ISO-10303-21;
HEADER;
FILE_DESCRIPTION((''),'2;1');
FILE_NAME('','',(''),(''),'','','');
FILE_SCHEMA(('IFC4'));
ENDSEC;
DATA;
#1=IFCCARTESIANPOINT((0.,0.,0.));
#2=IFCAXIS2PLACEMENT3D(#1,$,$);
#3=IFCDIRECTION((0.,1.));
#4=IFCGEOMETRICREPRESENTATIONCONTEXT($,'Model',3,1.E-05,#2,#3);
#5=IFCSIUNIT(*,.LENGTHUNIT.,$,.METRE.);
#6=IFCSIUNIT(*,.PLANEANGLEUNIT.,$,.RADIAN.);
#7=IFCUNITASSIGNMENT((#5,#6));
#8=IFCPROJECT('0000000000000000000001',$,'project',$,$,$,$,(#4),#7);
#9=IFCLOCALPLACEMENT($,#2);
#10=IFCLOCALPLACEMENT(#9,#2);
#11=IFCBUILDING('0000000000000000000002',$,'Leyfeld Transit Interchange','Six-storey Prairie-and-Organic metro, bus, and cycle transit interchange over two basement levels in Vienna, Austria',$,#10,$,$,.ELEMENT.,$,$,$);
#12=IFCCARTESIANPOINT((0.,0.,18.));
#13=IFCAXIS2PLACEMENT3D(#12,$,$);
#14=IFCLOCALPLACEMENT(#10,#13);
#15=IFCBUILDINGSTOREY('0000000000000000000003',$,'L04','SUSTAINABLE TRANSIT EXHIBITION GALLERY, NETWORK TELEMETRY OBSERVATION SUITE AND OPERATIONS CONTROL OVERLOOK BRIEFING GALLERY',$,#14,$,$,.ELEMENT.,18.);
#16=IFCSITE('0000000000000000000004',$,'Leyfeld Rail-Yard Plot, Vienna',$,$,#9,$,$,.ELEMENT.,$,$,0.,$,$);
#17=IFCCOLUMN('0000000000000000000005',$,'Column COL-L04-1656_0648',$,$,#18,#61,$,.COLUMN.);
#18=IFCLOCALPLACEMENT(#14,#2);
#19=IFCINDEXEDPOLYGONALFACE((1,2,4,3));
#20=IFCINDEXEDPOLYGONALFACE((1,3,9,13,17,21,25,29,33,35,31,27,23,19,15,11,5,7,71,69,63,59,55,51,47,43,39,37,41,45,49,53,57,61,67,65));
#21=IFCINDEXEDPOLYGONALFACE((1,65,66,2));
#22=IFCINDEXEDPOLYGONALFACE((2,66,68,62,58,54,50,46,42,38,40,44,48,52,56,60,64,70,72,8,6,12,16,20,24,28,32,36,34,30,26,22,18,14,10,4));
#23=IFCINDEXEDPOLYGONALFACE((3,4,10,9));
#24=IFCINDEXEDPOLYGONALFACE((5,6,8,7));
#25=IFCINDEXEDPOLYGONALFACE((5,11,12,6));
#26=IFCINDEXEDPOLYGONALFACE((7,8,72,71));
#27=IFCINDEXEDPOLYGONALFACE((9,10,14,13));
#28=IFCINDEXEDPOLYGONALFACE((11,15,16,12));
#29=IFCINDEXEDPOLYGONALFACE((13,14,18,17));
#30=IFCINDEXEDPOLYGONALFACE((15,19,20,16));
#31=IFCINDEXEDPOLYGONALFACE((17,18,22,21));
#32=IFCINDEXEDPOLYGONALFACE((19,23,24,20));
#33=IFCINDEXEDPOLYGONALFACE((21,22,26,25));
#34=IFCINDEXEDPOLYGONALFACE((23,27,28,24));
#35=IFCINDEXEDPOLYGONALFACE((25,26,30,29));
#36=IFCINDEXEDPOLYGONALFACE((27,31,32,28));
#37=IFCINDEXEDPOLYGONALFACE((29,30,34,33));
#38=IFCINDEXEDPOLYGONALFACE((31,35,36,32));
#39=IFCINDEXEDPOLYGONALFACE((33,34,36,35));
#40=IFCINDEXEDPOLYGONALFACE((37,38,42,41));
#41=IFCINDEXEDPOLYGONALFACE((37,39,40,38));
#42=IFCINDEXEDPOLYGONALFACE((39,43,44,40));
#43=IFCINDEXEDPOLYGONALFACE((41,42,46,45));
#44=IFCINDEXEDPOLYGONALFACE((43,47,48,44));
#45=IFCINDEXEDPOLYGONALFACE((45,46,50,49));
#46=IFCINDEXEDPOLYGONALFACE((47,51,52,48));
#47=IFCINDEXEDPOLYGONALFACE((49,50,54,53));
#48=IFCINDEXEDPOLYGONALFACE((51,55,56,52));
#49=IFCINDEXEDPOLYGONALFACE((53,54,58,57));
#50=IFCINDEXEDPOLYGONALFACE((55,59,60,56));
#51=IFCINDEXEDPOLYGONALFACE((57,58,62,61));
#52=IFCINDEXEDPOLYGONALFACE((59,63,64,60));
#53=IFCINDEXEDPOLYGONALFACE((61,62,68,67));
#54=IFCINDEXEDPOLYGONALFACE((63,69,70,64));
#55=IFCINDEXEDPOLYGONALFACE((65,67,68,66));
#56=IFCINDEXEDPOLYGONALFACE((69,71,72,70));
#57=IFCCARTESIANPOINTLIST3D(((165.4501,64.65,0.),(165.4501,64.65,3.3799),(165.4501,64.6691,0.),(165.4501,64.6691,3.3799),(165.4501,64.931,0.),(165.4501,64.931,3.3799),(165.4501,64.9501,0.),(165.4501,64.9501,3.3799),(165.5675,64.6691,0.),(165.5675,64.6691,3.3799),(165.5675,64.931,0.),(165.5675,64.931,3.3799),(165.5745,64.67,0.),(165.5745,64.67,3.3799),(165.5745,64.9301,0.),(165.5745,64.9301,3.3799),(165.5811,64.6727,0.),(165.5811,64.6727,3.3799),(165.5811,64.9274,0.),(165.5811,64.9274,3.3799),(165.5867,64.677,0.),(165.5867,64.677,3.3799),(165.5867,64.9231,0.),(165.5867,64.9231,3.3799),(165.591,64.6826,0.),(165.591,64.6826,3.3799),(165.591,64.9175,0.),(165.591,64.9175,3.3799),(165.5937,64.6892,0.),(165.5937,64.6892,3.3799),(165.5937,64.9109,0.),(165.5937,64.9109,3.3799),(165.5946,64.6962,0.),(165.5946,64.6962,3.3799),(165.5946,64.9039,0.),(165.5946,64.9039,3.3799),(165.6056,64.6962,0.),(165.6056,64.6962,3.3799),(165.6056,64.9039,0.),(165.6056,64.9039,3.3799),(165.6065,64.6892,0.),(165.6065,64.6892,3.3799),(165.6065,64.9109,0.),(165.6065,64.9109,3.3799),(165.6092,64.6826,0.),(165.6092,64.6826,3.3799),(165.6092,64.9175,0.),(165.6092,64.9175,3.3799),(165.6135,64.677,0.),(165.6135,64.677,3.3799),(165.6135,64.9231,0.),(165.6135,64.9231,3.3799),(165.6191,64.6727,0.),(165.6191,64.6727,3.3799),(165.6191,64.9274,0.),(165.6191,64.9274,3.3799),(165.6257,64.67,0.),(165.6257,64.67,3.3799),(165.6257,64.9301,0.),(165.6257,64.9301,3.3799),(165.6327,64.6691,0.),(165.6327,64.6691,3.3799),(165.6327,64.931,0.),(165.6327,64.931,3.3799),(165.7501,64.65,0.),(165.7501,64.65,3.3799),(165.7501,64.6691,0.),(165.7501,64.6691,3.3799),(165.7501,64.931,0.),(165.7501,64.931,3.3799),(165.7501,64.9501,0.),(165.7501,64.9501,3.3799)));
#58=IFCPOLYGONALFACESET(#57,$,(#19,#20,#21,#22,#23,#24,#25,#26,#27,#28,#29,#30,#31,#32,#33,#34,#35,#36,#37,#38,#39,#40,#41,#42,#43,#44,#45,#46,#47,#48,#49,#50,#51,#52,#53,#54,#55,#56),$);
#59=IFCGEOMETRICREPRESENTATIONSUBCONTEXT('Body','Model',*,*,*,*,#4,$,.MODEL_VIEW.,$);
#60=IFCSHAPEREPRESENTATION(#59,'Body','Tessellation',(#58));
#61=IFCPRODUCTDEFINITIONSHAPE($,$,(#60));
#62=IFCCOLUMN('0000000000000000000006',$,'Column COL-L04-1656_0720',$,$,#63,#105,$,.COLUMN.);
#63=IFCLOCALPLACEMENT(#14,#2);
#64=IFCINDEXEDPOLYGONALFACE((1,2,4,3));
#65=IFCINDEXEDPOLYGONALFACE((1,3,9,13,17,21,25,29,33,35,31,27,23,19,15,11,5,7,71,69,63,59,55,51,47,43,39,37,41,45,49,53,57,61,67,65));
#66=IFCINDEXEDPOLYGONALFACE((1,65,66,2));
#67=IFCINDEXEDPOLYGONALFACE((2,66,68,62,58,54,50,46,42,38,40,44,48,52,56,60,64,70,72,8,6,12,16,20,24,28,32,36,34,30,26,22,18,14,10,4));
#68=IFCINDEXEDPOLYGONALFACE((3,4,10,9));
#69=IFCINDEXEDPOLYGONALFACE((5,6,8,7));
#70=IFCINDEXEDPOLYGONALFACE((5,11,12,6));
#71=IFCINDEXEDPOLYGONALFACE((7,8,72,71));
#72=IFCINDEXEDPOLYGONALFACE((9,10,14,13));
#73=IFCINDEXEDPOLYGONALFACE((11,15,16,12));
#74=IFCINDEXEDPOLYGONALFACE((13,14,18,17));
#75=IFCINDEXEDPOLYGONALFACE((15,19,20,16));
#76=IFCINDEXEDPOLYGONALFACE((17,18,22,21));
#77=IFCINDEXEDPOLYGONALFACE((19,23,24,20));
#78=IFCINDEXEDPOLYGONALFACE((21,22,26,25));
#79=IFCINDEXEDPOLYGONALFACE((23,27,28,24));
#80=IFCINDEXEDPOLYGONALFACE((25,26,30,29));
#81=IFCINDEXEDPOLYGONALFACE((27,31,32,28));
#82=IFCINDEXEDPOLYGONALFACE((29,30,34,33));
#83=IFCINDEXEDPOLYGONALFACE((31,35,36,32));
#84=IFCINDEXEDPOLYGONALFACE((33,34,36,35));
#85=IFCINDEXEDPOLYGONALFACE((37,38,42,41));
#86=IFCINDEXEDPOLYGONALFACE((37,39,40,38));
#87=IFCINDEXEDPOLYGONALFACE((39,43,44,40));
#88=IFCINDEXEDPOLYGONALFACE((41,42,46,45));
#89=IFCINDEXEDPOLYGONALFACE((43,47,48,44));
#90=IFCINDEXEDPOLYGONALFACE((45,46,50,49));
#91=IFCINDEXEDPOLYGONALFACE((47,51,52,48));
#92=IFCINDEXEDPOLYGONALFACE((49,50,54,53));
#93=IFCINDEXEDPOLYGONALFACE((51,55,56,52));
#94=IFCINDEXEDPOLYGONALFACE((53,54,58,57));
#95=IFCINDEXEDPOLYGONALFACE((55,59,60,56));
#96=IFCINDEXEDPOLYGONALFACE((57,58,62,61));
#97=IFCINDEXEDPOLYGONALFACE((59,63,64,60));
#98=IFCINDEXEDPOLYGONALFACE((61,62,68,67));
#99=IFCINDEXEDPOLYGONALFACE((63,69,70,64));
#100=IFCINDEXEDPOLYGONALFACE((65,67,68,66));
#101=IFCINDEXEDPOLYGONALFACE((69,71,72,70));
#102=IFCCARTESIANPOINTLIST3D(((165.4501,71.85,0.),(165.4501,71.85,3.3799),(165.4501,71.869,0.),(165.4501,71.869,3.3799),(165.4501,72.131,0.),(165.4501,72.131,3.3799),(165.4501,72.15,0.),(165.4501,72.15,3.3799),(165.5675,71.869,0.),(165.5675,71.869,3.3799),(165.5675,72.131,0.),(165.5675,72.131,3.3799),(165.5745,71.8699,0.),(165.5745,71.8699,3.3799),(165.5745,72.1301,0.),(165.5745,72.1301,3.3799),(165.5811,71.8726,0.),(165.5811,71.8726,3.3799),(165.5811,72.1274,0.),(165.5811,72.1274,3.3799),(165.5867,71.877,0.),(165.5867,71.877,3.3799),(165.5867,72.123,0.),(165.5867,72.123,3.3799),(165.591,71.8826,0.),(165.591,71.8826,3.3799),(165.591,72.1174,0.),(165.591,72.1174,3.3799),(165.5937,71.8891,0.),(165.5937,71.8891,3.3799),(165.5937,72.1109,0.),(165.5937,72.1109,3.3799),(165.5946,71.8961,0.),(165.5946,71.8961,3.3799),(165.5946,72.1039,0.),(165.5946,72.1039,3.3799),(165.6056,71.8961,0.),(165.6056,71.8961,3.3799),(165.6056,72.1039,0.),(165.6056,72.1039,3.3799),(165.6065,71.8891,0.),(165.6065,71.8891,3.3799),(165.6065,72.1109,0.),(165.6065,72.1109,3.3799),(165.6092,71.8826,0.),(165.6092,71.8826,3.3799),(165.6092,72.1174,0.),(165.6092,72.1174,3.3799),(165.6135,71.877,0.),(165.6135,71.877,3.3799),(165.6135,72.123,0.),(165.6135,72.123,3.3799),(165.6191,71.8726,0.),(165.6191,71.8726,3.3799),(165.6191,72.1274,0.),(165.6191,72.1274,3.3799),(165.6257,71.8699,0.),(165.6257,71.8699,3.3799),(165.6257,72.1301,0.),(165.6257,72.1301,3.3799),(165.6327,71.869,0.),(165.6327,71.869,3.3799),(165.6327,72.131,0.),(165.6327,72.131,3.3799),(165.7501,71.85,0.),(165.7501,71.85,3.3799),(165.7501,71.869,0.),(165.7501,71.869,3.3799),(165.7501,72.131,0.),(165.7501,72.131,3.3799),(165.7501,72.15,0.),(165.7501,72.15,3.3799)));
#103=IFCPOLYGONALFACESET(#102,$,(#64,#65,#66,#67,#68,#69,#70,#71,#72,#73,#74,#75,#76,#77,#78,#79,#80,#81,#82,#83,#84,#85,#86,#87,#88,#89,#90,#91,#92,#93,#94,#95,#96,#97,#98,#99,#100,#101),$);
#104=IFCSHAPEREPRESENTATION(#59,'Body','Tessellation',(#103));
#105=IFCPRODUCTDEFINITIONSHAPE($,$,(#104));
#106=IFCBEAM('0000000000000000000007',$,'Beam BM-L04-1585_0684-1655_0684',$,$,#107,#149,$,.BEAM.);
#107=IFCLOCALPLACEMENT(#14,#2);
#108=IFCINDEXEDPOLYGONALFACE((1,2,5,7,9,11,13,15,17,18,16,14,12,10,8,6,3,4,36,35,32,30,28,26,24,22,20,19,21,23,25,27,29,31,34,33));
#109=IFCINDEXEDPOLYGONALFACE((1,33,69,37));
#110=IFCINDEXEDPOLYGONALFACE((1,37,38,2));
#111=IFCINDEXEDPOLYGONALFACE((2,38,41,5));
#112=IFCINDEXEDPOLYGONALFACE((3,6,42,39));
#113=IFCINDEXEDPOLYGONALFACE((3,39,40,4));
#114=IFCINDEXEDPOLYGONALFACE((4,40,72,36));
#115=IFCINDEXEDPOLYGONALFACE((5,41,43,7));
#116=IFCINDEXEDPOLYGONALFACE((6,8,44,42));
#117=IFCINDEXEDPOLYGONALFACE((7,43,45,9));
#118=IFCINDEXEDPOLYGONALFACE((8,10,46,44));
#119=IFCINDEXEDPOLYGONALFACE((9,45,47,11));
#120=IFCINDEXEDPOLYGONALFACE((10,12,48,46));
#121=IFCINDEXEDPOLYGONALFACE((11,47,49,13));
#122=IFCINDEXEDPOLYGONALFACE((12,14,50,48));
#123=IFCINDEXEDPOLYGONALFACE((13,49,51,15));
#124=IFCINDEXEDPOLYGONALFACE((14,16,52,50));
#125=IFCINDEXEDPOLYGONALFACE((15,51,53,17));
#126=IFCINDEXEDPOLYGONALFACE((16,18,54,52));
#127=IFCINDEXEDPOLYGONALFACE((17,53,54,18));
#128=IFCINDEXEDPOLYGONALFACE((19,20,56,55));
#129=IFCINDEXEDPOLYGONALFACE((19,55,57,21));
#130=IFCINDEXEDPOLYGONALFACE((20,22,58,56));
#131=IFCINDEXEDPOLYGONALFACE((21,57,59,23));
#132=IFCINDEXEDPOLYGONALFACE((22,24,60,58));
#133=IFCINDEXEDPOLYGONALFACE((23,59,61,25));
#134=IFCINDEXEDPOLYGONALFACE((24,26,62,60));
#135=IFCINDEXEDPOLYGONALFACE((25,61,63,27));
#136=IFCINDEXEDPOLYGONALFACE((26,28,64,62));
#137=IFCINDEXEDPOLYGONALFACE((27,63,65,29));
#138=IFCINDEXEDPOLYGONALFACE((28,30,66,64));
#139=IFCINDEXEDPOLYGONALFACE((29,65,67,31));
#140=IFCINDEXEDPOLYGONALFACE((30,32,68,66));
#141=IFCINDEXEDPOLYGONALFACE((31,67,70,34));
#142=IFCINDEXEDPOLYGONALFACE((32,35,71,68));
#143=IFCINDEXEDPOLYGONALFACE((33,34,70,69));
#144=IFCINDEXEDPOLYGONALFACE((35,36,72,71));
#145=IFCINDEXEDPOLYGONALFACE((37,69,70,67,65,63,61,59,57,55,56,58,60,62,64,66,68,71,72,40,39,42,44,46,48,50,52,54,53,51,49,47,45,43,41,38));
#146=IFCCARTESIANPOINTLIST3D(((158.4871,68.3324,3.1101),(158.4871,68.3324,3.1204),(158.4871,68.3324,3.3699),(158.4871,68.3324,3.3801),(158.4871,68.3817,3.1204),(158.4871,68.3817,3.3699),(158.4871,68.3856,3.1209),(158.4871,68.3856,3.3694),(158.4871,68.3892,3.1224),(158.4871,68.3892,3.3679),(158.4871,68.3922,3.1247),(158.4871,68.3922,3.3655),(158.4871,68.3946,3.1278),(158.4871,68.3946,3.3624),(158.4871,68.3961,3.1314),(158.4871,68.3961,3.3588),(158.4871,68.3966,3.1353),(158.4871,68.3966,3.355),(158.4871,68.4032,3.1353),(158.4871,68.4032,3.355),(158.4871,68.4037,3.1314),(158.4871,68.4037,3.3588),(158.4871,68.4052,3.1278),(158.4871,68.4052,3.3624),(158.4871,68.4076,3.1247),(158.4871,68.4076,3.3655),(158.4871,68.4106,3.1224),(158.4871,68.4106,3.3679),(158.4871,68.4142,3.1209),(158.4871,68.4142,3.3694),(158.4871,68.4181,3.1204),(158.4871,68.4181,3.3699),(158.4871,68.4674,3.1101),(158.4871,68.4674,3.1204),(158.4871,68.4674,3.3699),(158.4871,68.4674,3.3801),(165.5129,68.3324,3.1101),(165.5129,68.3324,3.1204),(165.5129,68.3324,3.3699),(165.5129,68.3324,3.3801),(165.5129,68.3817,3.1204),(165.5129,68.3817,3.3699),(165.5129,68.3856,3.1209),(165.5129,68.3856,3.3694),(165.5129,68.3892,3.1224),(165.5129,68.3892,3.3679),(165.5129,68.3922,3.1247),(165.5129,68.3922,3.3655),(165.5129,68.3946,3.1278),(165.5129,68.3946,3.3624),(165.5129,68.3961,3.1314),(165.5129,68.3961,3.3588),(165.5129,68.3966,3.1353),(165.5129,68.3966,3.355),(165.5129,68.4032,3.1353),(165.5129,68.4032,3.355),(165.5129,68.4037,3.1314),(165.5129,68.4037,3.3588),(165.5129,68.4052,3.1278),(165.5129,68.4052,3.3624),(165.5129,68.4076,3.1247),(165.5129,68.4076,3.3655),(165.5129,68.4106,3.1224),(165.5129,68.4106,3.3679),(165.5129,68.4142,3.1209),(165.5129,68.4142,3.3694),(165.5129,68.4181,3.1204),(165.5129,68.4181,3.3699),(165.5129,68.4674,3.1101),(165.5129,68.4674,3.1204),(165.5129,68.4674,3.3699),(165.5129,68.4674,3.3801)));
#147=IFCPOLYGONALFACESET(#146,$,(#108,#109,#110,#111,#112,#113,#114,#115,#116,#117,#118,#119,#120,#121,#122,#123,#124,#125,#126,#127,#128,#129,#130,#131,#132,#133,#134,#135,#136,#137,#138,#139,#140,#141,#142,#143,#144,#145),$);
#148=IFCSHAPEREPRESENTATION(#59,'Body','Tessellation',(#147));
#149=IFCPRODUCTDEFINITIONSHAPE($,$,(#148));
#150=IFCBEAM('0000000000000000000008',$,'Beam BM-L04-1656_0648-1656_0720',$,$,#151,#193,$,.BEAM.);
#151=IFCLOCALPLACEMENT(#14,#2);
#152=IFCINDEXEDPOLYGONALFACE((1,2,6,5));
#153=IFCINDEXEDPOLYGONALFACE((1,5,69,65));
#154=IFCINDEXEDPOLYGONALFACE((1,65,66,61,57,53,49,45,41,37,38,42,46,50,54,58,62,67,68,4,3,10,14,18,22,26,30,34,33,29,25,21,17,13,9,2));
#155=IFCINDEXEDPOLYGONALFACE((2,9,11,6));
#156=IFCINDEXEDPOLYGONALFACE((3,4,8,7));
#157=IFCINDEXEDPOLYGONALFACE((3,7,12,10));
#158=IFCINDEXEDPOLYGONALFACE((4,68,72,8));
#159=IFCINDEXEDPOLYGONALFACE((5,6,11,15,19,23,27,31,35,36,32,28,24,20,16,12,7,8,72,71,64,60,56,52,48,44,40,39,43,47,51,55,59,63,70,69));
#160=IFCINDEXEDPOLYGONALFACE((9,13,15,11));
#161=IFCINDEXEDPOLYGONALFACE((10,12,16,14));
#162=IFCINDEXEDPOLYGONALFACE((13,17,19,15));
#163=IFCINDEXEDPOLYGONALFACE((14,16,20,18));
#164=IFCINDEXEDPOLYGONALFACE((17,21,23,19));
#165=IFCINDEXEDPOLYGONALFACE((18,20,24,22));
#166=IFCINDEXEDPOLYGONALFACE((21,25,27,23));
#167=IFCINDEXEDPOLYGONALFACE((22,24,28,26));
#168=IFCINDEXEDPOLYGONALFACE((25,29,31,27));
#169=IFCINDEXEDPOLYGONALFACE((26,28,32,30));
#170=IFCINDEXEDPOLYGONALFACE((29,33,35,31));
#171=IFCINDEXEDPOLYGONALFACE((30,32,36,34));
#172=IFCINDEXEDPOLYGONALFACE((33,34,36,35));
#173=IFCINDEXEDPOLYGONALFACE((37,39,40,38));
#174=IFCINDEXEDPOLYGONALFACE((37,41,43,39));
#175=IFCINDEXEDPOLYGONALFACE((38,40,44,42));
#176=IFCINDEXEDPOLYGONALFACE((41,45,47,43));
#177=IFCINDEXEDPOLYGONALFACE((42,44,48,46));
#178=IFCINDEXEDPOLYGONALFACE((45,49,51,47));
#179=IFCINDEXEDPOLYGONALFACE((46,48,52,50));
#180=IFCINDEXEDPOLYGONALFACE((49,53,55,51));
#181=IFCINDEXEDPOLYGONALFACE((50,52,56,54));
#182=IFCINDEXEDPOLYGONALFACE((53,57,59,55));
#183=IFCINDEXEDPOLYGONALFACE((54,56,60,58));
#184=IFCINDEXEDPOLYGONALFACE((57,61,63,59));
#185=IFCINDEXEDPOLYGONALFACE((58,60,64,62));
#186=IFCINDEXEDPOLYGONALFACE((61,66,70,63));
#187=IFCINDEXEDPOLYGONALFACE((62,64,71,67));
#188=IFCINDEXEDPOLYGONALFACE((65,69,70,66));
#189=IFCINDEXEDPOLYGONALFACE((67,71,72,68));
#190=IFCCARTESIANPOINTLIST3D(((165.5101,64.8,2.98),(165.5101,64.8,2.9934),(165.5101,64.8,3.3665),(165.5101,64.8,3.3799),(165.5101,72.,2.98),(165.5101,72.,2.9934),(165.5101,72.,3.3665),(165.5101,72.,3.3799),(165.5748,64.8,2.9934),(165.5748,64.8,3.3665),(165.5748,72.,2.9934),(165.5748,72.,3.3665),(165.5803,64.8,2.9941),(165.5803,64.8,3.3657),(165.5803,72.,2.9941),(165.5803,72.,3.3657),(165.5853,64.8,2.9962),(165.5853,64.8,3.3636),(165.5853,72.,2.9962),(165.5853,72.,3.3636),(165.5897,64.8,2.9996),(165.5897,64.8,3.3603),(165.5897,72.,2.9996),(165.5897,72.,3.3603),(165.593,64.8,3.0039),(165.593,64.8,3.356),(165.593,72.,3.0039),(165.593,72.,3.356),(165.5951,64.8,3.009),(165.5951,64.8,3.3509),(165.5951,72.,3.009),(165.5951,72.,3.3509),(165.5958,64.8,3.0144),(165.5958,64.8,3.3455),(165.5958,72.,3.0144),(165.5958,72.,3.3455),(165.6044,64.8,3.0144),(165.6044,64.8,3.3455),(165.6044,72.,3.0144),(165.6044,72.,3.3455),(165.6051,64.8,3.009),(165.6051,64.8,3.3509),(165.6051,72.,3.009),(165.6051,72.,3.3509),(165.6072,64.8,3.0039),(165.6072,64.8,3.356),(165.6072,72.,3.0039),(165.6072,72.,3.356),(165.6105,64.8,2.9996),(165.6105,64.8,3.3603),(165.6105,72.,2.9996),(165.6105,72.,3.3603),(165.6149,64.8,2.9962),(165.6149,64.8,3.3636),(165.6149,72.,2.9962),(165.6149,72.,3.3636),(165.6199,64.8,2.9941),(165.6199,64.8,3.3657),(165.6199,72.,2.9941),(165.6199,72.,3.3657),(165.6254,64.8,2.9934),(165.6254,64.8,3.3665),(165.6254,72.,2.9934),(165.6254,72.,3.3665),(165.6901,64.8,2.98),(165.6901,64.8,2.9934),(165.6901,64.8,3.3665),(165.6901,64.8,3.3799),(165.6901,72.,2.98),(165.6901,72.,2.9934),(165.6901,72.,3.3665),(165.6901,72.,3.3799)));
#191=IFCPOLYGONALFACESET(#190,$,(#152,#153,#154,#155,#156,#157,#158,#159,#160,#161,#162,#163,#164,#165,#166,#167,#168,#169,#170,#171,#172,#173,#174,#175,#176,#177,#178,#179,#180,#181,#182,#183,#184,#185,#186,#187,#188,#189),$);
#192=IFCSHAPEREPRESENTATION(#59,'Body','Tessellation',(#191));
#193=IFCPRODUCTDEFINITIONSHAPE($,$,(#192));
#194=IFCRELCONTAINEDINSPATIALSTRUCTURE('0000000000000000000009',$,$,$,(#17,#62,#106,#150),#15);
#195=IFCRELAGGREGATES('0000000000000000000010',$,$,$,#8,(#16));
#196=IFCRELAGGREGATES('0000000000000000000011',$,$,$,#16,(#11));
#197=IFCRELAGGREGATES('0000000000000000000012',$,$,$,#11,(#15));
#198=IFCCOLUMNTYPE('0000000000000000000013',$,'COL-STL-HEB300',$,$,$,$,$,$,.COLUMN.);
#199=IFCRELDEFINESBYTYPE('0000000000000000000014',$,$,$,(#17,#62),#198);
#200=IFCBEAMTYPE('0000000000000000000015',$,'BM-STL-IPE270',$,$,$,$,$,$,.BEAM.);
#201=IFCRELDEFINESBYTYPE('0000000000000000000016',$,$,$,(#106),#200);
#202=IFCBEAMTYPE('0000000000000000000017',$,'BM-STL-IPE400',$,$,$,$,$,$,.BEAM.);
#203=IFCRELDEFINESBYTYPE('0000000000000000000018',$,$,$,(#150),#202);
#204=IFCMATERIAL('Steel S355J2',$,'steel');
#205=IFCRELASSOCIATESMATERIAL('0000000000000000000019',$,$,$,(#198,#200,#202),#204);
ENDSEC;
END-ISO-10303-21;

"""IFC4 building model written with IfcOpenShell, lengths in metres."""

from ifc_helpers import new_model, si_unit, direction, frame, origin, origin_2d, place, context, subcontext, project, spatial, i_section, extrude, material, material_profile, profile_set, type_object, element, save


model = new_model("IFC4")

# Units and contexts
model_context = context("Model", 3, precision=1e-05, world=origin(), true_north=direction((0.0, 1.0)))
body_context = subcontext(model_context, "Body", "Model", "MODEL_VIEW")
ifc_project = project(units=[si_unit("LENGTHUNIT", "METRE"), si_unit("PLANEANGLEUNIT", "RADIAN")], contexts=[model_context])

# Site, building, storey
site_placement = place(None, origin())
site = spatial("IfcSite", under=ifc_project, at=site_placement, Name="Leyfeld Rail-Yard Plot, Vienna", CompositionType="ELEMENT", RefElevation=0.0)
building_placement = place(site_placement, origin())
building = spatial("IfcBuilding", under=site, at=building_placement, Name="Leyfeld Transit Interchange", Description="Six-storey Prairie-and-Organic metro, bus, and cycle transit interchange over two basement levels in Vienna, Austria", CompositionType="ELEMENT")
storey_placement = place(building_placement, frame((0.0, 0.0, 18.0)))
storey = spatial("IfcBuildingStorey", under=building, at=storey_placement, Name="L04", Description="SUSTAINABLE TRANSIT EXHIBITION GALLERY, NETWORK TELEMETRY OBSERVATION SUITE AND OPERATIONS CONTROL OVERLOOK BRIEFING GALLERY", CompositionType="ELEMENT", Elevation=18.0)

# Columns
ifc_material_1 = material(Name="Steel S355J2", Category="steel")
ifc_material_profile_1 = material_profile(ifc_material_1, i_section(OverallWidth=0.3, OverallDepth=0.3, WebThickness=0.011, FlangeThickness=0.019, FilletRadius=0.0271, at=origin_2d()), Name="HEB 300")
ifc_profile_set_1 = profile_set([ifc_material_profile_1], Name="Steel S355J2")
column_type = type_object("IfcColumnType", Name="COL-STL-HEB300", PredefinedType="COLUMN", material=ifc_profile_set_1)
for number, where, z_axis, x_axis, name in (
    (1, (165.6001, 64.8, 0.0), (0.0, 0.0, 1.0), (1.0, 0.0, 0.0), "Column COL-L04-1656_0648"),
    (2, (165.6001, 72.0, 0.0), (0.0, 0.0, 1.0), (1.0, 0.0, 0.0), "Column COL-L04-1656_0720"),
):
    element("IfcColumn", number, at=place(storey_placement, frame(where, z_axis=z_axis, x_axis=x_axis)), inside=storey, type_object=column_type, Name=name, PredefinedType="COLUMN", context=body_context, shape_type="SweptSolid", body=[
        extrude(i_section(OverallWidth=0.3, OverallDepth=0.3, WebThickness=0.011, FlangeThickness=0.019, FilletRadius=0.0271, at=origin_2d()), origin(), (0.0, 0.0, 1.0), 3.3799),
    ])

# Beams
ifc_material_profile_2 = material_profile(ifc_material_1, i_section(OverallWidth=0.135, OverallDepth=0.27, WebThickness=0.0066, FlangeThickness=0.0103, FilletRadius=0.0149, at=origin_2d()), Name="IPE 270")
ifc_profile_set_2 = profile_set([ifc_material_profile_2], Name="Steel S355J2")
beam_type_1 = type_object("IfcBeamType", Name="BM-STL-IPE270", PredefinedType="BEAM", material=ifc_profile_set_2)
beam_1_placement = place(storey_placement, frame((158.4871, 68.3999, 3.2451), z_axis=(1.0, 0.0, 0.0), x_axis=(0.0, 1.0, 0.0)))
element("IfcBeam", 3, at=beam_1_placement, inside=storey, type_object=beam_type_1, Name="Beam BM-L04-1585_0684-1655_0684", PredefinedType="BEAM", context=body_context, shape_type="SweptSolid", body=[
    extrude(i_section(OverallWidth=0.135, OverallDepth=0.27, WebThickness=0.0066, FlangeThickness=0.0103, FilletRadius=0.0149, at=origin_2d()), origin(), (0.0, 0.0, 1.0), 7.0259),
])
ifc_material_profile_3 = material_profile(ifc_material_1, i_section(OverallWidth=0.1799, OverallDepth=0.3999, WebThickness=0.0085, FlangeThickness=0.0134, FilletRadius=0.021, at=origin_2d()), Name="IPE 400")
ifc_profile_set_3 = profile_set([ifc_material_profile_3], Name="Steel S355J2")
beam_type_2 = type_object("IfcBeamType", Name="BM-STL-IPE400", PredefinedType="BEAM", material=ifc_profile_set_3)
for number, where, z_axis, x_axis, name in (
    (4, (165.6001, 64.8, 3.1799), (0.0, 1.0, 0.0), (-1.0, 0.0, 0.0), "Beam BM-L04-1656_0648-1656_0720"),
):
    element("IfcBeam", number, at=place(storey_placement, frame(where, z_axis=z_axis, x_axis=x_axis)), inside=storey, type_object=beam_type_2, Name=name, PredefinedType="BEAM", context=body_context, shape_type="SweptSolid", body=[
        extrude(i_section(OverallWidth=0.1799, OverallDepth=0.3999, WebThickness=0.0085, FlangeThickness=0.0134, FilletRadius=0.021, at=origin_2d()), origin(), (0.0, 0.0, 1.0), 7.2),
    ])

save(model, "model.ifc")
